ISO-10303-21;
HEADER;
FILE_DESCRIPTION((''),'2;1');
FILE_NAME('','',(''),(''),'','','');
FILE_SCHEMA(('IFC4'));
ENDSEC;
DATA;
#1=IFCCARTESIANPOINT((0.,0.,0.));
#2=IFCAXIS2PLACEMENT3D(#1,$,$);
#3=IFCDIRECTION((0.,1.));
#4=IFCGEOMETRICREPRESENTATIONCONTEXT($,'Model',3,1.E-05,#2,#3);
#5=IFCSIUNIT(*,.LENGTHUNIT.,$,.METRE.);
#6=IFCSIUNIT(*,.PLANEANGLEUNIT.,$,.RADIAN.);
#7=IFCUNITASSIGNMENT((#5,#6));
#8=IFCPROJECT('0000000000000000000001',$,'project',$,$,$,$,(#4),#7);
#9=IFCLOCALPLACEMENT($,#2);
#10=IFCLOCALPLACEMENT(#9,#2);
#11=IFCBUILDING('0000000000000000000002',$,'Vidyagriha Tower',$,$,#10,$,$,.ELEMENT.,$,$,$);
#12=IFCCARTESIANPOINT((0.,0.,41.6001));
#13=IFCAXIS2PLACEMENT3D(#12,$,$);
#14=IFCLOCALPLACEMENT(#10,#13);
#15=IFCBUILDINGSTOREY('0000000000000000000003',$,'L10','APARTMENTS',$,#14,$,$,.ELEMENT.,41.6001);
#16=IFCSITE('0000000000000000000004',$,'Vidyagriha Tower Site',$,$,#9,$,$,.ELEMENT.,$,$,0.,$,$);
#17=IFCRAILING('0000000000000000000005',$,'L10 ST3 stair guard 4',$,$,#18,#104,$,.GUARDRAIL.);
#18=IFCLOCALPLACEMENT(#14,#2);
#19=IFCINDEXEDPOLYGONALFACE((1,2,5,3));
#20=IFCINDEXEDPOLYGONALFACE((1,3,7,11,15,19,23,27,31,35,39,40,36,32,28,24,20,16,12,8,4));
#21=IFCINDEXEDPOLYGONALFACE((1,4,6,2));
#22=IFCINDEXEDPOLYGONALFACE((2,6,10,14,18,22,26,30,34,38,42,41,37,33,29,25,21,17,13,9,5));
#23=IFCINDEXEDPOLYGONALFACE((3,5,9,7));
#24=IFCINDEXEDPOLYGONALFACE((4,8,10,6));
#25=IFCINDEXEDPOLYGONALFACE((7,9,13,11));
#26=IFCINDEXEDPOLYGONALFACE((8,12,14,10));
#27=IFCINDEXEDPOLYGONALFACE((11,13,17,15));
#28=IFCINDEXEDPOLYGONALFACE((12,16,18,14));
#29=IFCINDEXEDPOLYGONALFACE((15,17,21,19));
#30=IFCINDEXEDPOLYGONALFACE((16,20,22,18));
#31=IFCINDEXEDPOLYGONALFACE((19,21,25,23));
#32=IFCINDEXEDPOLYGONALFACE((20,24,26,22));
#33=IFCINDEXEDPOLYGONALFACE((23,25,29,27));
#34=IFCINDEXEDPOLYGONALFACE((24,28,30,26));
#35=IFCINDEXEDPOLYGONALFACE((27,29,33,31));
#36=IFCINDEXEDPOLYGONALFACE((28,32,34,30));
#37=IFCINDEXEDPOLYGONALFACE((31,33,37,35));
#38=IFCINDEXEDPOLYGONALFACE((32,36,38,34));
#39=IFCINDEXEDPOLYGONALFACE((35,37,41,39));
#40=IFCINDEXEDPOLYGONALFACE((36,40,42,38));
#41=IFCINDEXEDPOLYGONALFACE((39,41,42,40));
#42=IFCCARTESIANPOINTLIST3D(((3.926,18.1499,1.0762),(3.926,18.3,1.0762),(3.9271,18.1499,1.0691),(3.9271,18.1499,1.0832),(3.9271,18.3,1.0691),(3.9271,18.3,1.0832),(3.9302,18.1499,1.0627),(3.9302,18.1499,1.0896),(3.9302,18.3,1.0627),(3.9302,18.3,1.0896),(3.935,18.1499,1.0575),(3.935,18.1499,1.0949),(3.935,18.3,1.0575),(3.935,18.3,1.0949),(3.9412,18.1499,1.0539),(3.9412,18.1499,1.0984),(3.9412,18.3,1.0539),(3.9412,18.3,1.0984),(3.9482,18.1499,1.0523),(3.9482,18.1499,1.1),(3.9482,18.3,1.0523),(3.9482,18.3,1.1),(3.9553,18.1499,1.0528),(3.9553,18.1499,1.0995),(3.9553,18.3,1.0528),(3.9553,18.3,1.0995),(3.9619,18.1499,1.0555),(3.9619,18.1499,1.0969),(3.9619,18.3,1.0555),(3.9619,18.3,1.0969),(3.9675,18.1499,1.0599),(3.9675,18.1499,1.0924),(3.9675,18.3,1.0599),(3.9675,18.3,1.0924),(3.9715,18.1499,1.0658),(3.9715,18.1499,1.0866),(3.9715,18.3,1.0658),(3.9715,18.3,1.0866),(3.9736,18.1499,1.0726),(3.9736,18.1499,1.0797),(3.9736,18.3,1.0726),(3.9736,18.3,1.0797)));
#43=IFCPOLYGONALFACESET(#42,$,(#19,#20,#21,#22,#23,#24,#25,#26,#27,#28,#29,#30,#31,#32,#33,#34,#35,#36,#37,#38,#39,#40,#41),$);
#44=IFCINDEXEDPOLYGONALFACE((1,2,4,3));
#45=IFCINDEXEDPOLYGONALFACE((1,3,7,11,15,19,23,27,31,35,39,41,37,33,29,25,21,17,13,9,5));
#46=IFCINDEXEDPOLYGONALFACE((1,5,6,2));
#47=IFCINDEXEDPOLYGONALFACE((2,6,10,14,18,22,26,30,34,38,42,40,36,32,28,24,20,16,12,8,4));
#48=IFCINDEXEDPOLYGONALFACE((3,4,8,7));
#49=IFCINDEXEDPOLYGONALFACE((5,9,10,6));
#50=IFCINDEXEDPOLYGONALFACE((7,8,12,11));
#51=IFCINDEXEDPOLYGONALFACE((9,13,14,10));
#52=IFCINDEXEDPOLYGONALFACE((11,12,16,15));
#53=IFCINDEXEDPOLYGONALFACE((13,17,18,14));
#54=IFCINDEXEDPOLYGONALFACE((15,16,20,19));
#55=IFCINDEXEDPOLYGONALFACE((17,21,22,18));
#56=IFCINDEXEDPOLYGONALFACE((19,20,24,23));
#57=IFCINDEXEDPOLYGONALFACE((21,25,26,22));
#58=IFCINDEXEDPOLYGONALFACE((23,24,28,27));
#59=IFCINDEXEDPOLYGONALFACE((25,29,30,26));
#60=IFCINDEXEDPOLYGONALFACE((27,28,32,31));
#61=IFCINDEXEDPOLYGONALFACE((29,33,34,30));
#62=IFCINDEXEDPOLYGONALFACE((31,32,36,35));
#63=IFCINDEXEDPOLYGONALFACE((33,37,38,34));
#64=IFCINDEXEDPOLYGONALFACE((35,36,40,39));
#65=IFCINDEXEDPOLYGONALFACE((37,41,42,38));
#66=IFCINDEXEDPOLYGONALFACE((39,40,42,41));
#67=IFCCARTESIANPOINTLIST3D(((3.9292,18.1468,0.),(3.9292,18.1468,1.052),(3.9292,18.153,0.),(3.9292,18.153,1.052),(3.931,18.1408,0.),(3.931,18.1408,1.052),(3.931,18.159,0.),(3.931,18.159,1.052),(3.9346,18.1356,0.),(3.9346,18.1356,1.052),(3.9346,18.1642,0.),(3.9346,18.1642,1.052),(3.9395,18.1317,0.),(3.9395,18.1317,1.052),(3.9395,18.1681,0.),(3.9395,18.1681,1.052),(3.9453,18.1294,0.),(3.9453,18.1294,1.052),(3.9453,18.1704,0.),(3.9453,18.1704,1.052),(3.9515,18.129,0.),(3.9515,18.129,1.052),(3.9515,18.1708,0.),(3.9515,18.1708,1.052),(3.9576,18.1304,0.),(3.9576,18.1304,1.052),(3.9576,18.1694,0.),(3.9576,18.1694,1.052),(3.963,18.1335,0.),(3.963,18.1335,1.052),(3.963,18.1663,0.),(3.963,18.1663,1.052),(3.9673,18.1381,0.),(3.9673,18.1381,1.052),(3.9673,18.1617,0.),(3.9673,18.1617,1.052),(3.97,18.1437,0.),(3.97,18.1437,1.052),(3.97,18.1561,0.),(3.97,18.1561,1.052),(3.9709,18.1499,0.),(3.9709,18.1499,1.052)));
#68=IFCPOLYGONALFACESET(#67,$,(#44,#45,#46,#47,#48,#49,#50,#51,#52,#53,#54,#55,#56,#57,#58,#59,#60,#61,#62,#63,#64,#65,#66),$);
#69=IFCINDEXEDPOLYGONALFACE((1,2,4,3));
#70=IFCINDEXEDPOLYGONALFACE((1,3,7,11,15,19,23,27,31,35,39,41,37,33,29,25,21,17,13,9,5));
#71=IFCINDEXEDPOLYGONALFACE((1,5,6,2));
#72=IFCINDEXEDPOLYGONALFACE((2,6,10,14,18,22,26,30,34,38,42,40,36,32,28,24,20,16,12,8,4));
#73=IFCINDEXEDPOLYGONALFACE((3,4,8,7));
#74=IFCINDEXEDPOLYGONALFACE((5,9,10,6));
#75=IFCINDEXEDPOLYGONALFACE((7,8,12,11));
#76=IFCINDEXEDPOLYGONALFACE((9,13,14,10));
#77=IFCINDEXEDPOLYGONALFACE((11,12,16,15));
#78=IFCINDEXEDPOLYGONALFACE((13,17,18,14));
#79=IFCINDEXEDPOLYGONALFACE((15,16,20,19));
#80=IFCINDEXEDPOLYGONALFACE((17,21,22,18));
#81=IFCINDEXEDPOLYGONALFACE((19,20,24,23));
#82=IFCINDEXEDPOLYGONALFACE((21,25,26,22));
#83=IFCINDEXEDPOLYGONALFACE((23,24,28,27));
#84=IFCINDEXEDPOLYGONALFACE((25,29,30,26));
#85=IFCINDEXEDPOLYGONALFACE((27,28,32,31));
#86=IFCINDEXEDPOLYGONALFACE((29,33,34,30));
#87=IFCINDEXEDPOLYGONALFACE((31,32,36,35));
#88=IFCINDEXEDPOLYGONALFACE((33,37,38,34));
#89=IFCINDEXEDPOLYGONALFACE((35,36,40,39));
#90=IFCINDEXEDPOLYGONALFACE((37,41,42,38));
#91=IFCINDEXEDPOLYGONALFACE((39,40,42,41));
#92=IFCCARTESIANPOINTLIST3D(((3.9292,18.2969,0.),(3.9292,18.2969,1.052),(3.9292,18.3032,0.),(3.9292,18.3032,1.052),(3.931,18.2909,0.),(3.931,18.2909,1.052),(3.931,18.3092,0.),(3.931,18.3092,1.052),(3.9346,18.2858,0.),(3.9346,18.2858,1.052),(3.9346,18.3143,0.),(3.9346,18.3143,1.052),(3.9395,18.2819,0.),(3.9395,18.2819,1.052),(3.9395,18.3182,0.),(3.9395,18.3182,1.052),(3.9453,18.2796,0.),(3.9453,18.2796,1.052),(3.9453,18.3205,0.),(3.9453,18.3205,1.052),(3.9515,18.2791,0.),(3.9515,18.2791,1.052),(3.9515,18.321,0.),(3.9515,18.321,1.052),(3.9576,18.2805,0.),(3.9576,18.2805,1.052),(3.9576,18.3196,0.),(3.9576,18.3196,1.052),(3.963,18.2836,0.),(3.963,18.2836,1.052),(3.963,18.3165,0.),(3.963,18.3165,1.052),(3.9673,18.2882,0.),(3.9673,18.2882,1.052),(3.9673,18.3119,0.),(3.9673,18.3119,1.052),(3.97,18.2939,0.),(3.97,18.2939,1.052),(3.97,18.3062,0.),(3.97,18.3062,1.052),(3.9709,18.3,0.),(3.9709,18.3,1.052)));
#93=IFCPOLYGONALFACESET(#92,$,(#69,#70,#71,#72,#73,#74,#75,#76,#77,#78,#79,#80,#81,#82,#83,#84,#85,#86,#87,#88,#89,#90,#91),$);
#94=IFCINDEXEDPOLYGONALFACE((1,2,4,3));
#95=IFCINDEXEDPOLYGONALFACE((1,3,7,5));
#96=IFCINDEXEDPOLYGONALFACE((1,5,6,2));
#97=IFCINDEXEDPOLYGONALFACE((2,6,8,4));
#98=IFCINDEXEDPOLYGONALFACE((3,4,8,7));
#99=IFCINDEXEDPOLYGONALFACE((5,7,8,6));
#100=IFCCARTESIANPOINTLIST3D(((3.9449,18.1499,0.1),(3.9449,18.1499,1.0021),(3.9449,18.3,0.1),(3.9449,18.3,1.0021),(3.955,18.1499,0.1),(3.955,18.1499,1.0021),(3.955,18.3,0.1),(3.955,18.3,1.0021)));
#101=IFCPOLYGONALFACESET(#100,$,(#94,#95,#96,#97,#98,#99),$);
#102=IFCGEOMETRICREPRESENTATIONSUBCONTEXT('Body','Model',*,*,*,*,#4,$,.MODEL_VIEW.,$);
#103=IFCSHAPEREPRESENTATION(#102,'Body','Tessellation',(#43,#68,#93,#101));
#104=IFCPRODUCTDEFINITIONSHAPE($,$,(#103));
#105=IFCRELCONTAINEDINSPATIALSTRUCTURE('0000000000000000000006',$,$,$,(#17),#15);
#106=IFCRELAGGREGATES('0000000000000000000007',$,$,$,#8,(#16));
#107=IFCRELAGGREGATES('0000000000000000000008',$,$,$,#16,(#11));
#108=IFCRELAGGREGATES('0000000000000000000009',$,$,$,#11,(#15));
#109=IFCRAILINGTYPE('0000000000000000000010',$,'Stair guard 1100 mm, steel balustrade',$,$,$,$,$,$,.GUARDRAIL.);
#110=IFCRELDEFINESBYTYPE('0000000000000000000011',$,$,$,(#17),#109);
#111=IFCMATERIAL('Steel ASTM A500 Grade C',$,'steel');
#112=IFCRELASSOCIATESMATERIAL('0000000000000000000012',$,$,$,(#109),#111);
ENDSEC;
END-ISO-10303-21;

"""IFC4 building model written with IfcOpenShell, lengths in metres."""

from ifc_helpers import new_model, si_unit, direction, frame, origin, origin_2d, place, context, subcontext, project, spatial, rectangle, circle, extrude, material, type_object, element, save


model = new_model("IFC4")

# Units and contexts
model_context = context("Model", 3, precision=1e-05, world=origin(), true_north=direction((0.0, 1.0)))
body_context = subcontext(model_context, "Body", "Model", "MODEL_VIEW")
ifc_project = project(units=[si_unit("LENGTHUNIT", "METRE"), si_unit("PLANEANGLEUNIT", "RADIAN")], contexts=[model_context])

# Site, building, storey
site_placement = place(None, origin())
site = spatial("IfcSite", under=ifc_project, at=site_placement, Name="Vidyagriha Tower Site", CompositionType="ELEMENT", RefElevation=0.0)
building_placement = place(site_placement, origin())
building = spatial("IfcBuilding", under=site, at=building_placement, Name="Vidyagriha Tower", CompositionType="ELEMENT")
storey_placement = place(building_placement, frame((0.0, 0.0, 41.6001)))
storey = spatial("IfcBuildingStorey", under=building, at=storey_placement, Name="L10", Description="APARTMENTS", CompositionType="ELEMENT", Elevation=41.6001)

# Railing
ifc_material_1 = material(Name="Steel ASTM A500 Grade C", Category="steel")
railing_type_1 = type_object("IfcRailingType", Name="Stair guard 1100 mm, steel balustrade", PredefinedType="GUARDRAIL", material=ifc_material_1)
railing_1_placement = place(storey_placement, frame((3.95, 18.1499, 0.0)))
element("IfcRailing", 1, at=railing_1_placement, inside=storey, type_object=railing_type_1, Name="L10 ST3 stair guard 4", PredefinedType="GUARDRAIL", context=body_context, shape_type="SweptSolid", body=[
    extrude(circle(Radius=0.0239, at=origin_2d()), frame((0.0, 0.0, 1.0762), z_axis=(0.0, 1.0, 0.0), x_axis=(-1.0, 0.0, 0.0)), (0.0, 0.0, 1.0), 0.1501),
    extrude(circle(Radius=0.021, at=origin_2d()), origin(), (0.0, 0.0, 1.0), 1.052),
    extrude(circle(Radius=0.021, at=origin_2d()), frame((0.0, 0.1501, 0.0)), (0.0, 0.0, 1.0), 1.052),
    extrude(rectangle(XDim=0.01, YDim=0.9021, at=origin_2d()), frame((0.0, 0.0, 0.551), z_axis=(0.0, 1.0, 0.0), x_axis=(-1.0, 0.0, 0.0)), (0.0, 0.0, 1.0), 0.1501),
])

save(model, "model.ifc")
